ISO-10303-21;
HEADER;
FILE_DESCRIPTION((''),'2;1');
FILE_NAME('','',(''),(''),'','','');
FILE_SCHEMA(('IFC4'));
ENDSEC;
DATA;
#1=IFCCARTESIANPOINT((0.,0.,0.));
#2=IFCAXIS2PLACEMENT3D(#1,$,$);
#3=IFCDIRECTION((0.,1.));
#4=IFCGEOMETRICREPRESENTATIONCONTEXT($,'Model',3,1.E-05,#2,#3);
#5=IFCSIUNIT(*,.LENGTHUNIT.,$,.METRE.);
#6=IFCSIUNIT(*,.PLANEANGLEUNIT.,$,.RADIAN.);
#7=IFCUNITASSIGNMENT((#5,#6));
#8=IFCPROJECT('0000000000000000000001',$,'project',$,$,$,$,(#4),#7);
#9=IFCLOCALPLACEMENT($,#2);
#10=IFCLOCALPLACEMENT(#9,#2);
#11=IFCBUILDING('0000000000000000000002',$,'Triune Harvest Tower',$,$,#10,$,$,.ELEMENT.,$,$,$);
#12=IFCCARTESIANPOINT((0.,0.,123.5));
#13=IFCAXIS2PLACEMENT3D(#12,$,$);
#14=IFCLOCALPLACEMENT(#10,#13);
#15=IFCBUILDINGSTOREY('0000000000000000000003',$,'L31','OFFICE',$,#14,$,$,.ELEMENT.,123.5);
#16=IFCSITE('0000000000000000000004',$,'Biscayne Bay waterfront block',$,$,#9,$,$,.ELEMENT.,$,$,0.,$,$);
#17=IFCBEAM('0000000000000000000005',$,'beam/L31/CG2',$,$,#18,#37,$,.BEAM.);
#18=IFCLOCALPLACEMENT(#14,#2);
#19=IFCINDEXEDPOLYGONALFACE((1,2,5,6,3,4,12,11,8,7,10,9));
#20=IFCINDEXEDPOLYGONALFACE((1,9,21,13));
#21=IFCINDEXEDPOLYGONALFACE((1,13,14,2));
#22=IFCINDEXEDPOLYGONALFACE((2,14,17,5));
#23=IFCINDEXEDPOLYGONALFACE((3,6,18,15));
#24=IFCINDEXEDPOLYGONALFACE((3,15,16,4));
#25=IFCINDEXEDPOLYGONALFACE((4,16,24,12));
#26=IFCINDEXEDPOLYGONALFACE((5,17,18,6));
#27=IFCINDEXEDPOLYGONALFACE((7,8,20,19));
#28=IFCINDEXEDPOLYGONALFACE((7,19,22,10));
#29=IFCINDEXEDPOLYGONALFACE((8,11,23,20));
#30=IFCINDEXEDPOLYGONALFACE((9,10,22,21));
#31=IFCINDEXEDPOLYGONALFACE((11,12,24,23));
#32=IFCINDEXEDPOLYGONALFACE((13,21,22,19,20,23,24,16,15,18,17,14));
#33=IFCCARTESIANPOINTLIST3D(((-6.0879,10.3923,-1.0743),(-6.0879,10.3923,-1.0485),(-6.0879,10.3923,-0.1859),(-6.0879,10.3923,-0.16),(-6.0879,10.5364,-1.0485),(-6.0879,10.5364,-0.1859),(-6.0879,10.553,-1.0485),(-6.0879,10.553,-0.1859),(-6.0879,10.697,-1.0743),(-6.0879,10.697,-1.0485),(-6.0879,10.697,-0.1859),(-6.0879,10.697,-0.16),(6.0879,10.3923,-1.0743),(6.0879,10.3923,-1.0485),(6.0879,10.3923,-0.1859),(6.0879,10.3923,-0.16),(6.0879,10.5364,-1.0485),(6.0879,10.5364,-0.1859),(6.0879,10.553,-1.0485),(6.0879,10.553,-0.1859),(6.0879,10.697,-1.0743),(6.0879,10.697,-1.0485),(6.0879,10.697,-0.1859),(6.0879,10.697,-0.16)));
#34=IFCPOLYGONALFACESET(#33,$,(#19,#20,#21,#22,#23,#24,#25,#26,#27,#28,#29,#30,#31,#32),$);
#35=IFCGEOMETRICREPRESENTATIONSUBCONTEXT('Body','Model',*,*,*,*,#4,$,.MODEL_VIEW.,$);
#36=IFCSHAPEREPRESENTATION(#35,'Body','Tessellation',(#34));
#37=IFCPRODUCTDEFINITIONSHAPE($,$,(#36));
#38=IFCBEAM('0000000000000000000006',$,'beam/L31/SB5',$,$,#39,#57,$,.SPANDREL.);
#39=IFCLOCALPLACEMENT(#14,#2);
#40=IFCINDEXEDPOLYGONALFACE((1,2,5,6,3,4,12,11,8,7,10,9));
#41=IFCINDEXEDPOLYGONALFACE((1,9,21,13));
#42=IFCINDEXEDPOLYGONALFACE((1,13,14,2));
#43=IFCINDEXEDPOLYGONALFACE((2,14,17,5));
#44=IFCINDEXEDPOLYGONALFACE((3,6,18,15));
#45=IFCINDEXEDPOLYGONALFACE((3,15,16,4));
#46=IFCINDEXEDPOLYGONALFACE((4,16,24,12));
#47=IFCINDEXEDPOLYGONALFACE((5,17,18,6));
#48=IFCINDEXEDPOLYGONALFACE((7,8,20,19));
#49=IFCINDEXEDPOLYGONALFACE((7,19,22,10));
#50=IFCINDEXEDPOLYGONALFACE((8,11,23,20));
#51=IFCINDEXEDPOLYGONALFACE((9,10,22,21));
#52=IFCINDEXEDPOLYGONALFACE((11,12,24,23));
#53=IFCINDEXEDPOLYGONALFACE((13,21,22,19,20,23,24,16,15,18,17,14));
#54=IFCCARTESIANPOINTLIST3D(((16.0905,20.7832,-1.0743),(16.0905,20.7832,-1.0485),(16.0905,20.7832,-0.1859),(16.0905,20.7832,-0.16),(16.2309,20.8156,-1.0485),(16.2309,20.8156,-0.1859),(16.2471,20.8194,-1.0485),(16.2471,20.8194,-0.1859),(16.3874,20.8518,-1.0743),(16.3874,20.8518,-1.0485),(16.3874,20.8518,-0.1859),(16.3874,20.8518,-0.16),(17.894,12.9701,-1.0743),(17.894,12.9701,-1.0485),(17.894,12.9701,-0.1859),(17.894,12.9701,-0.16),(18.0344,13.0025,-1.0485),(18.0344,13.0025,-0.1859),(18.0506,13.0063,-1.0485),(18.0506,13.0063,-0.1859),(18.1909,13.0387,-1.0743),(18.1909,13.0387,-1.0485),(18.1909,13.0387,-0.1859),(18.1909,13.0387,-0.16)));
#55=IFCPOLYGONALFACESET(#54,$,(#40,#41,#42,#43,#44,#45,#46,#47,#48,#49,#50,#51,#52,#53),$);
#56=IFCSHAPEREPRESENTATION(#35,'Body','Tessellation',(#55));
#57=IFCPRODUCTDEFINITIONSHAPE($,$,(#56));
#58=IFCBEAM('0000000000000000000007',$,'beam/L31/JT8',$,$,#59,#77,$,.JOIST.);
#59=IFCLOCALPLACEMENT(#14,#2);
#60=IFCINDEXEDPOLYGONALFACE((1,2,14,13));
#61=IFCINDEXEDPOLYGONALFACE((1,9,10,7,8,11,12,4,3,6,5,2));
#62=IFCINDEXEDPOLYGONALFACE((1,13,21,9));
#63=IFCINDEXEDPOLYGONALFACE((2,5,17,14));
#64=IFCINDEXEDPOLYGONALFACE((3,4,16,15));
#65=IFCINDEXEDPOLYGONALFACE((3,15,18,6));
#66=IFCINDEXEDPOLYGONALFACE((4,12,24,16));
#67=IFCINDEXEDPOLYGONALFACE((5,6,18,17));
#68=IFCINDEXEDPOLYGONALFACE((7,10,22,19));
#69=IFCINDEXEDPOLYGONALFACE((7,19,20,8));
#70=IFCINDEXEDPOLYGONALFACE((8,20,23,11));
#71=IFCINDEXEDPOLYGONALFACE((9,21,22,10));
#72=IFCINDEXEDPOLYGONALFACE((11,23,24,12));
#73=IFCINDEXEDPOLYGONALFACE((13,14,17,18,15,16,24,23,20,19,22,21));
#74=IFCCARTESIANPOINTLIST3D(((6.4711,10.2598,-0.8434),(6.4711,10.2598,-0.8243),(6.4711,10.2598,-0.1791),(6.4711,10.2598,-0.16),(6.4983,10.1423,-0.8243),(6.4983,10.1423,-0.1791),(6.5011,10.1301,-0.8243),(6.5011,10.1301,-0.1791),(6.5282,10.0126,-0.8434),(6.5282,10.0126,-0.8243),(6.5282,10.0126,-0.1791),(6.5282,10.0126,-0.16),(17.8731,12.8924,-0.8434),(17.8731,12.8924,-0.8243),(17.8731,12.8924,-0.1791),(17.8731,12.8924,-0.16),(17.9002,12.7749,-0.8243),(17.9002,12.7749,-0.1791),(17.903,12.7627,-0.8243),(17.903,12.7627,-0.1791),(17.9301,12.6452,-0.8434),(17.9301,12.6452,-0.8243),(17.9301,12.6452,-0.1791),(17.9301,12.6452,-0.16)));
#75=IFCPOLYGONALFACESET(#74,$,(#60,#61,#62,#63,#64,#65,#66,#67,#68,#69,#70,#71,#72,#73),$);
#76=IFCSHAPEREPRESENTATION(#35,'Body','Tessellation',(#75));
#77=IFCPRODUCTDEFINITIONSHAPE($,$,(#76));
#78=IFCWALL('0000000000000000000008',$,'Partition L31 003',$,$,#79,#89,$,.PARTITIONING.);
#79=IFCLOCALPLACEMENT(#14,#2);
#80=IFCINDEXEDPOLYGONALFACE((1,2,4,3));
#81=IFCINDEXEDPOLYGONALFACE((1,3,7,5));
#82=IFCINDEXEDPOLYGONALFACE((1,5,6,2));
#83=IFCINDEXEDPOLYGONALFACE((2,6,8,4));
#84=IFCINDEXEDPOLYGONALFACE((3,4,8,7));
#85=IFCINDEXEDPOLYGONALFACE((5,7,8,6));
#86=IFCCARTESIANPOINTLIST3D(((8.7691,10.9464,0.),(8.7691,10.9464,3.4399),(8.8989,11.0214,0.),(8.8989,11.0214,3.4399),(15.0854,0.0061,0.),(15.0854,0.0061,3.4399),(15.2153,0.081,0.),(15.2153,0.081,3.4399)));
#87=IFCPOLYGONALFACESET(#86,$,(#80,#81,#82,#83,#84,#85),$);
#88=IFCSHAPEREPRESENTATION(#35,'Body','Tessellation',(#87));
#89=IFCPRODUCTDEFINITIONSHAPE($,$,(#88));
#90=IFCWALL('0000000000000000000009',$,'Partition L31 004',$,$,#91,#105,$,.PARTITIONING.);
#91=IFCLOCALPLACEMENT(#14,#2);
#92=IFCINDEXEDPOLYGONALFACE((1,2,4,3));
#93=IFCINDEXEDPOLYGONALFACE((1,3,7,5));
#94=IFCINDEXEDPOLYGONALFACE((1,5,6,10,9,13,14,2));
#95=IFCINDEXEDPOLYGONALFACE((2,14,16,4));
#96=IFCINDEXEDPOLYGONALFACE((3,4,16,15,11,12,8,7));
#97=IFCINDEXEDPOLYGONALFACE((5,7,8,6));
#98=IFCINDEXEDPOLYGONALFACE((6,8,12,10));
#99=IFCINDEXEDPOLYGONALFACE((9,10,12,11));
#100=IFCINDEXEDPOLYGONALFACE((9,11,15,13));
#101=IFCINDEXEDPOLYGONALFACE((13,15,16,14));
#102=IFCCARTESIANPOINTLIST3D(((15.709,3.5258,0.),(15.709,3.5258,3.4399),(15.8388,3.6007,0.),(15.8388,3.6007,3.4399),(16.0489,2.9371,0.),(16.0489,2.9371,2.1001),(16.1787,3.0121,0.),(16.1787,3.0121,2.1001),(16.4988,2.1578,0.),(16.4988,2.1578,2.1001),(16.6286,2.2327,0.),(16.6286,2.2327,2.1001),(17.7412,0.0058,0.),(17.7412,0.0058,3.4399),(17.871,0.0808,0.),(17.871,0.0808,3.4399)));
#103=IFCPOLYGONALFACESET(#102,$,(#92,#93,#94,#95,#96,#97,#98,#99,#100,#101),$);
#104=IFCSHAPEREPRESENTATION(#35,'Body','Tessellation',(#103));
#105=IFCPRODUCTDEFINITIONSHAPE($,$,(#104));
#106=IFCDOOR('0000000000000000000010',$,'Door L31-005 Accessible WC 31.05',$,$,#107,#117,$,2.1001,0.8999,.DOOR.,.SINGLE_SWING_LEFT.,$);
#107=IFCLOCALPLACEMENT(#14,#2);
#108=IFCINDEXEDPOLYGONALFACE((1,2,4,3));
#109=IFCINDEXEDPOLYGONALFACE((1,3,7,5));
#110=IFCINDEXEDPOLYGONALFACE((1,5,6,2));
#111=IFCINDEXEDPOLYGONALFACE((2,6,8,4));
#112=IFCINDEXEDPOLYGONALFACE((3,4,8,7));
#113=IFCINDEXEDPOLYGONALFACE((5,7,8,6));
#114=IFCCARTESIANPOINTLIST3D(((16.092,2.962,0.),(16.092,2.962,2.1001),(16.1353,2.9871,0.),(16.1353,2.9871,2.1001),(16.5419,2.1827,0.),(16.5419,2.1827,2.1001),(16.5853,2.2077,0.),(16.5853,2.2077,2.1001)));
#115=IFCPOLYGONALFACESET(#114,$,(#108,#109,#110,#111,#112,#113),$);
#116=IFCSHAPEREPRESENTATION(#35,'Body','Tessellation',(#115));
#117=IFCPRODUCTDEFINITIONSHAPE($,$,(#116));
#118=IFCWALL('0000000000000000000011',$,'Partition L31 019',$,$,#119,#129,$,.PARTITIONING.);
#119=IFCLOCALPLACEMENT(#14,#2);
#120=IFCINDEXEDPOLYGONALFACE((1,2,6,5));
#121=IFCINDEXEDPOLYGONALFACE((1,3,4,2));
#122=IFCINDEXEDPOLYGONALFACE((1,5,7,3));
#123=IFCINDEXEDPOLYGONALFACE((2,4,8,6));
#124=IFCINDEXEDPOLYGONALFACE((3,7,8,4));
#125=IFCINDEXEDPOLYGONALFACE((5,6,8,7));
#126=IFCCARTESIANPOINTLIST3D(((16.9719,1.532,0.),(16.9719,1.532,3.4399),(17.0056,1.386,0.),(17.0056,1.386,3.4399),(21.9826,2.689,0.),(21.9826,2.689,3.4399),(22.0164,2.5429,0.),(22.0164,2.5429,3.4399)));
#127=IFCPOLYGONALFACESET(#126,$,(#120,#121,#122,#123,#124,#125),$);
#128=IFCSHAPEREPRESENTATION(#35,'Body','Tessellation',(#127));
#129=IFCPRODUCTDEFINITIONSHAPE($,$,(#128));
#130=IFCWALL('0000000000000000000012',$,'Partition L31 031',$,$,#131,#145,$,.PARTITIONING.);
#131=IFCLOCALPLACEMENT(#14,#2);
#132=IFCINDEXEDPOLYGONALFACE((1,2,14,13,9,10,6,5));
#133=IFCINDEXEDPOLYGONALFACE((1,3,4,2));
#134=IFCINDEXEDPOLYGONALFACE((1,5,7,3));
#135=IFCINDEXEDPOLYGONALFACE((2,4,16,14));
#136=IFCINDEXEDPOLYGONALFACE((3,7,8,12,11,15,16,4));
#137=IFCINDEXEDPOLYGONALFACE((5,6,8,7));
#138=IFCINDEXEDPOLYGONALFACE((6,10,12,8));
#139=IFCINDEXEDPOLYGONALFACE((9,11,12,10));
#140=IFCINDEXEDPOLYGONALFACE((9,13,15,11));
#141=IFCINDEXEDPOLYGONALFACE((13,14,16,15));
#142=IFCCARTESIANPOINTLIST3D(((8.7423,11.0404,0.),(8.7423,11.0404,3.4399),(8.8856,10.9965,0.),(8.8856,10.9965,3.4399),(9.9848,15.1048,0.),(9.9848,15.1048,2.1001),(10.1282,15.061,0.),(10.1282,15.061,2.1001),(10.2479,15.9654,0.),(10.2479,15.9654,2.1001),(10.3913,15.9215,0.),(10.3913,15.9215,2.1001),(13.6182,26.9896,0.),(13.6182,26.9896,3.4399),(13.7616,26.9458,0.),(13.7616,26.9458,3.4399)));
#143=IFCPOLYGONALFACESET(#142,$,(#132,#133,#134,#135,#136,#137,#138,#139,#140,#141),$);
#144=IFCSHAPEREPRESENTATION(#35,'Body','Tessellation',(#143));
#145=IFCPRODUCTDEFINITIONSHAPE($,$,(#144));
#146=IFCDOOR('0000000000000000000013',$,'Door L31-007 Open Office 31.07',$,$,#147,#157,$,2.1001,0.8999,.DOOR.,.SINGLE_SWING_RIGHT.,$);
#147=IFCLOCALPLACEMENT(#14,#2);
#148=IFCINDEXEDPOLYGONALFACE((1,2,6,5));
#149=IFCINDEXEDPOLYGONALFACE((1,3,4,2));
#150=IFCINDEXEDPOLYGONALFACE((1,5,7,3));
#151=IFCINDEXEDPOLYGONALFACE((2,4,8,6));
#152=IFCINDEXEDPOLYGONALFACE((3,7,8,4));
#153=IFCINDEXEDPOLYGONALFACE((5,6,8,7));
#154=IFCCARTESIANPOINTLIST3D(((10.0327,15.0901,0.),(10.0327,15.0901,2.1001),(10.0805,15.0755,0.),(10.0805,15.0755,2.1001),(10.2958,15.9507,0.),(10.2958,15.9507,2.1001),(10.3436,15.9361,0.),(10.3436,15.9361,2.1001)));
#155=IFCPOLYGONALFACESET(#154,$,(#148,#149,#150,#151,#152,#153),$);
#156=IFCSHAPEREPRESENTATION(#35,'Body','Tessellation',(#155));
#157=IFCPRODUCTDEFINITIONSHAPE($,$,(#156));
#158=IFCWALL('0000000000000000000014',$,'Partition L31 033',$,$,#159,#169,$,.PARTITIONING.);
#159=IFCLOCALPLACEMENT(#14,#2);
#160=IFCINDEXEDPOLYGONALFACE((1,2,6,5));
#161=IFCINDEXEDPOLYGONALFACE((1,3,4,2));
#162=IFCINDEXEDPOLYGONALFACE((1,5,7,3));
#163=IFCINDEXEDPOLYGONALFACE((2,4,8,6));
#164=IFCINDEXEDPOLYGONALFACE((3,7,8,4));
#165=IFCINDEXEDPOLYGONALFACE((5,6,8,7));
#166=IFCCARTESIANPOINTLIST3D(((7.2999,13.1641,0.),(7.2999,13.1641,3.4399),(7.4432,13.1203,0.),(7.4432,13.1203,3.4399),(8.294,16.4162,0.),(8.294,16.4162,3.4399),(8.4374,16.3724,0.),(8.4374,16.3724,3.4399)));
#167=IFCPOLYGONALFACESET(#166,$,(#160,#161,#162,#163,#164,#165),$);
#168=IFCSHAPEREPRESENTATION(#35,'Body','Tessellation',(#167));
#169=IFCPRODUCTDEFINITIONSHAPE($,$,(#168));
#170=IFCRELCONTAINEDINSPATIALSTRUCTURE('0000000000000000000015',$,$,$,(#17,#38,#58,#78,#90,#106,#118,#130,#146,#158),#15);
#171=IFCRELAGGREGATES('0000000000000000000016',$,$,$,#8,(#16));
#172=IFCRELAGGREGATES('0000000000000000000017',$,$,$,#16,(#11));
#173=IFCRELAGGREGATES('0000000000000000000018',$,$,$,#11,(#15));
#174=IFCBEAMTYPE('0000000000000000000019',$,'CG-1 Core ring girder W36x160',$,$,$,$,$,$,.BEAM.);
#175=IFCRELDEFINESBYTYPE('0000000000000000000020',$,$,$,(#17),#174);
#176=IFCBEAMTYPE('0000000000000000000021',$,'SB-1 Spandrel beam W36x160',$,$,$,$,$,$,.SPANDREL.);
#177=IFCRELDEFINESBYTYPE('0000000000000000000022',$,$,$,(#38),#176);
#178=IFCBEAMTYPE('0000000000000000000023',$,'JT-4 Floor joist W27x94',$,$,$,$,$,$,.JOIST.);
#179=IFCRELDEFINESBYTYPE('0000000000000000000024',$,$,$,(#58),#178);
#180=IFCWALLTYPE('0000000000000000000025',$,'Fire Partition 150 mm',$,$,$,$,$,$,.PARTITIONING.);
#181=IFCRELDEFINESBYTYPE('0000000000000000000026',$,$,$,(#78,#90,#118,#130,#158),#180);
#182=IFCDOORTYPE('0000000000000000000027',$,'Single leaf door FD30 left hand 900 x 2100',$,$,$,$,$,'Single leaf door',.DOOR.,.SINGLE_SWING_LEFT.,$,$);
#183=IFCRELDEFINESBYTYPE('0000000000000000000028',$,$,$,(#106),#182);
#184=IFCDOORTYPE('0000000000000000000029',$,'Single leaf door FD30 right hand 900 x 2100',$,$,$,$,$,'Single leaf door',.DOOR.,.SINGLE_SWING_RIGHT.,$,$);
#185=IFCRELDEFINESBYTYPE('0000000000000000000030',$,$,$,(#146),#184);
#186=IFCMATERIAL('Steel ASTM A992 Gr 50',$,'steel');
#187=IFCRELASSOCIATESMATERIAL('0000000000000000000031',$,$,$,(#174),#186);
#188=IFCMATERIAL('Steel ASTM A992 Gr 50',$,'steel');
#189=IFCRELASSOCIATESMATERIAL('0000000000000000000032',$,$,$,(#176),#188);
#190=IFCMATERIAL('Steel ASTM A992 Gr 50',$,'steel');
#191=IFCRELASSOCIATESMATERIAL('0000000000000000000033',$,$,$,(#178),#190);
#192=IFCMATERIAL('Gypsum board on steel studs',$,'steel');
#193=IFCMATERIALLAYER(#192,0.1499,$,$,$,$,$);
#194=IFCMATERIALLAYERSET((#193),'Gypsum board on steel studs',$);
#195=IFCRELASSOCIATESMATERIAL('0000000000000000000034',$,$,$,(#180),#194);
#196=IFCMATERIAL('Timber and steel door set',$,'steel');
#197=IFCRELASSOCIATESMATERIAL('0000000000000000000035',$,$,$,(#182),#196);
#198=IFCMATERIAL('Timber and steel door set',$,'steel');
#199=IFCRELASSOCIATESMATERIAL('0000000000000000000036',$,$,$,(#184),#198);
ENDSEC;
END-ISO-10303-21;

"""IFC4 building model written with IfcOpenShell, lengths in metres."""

from ifc_helpers import new_model, si_unit, direction, frame, frame_2d, origin, origin_2d, place, context, subcontext, project, spatial, rectangle, i_section, extrude, source, transform, mapped, material, layer, layer_set, material_profile, profile_set, type_object, element, fill, save


model = new_model("IFC4")

# Units and contexts
model_context = context("Model", 3, precision=1e-05, world=origin(), true_north=direction((0.0, 1.0)))
body_context = subcontext(model_context, "Body", "Model", "MODEL_VIEW")
ifc_project = project(units=[si_unit("LENGTHUNIT", "METRE"), si_unit("PLANEANGLEUNIT", "RADIAN")], contexts=[model_context])

# Site, building, storey
site_placement = place(None, origin())
site = spatial("IfcSite", under=ifc_project, at=site_placement, Name="Biscayne Bay waterfront block", CompositionType="ELEMENT", RefElevation=0.0)
building_placement = place(site_placement, origin())
building = spatial("IfcBuilding", under=site, at=building_placement, Name="Triune Harvest Tower", CompositionType="ELEMENT")
storey_placement = place(building_placement, frame((0.0, 0.0, 123.5)))
storey = spatial("IfcBuildingStorey", under=building, at=storey_placement, Name="L31", Description="OFFICE", CompositionType="ELEMENT", Elevation=123.5)

# Beams
ifc_material_1 = material(Name="Steel ASTM A992 Gr 50", Category="steel")
ifc_material_profile_1 = material_profile(ifc_material_1, i_section(OverallWidth=0.3047, OverallDepth=0.9143, WebThickness=0.0166, FlangeThickness=0.0259, at=origin_2d()), Name="W36x160")
ifc_profile_set_1 = profile_set([ifc_material_profile_1], Name="Steel ASTM A992 Gr 50")
beam_type_1 = type_object("IfcBeamType", Name="CG-1 Core ring girder W36x160", PredefinedType="BEAM", material=ifc_profile_set_1)
shared_shape_1 = source(origin(), body_context, "Body", "SweptSolid", [
    extrude(i_section(OverallWidth=0.3047, OverallDepth=0.9143, WebThickness=0.0166, FlangeThickness=0.0259, at=origin_2d()), origin(), (0.0, 0.0, 1.0), 12.1758),
])
beam_1_placement = place(storey_placement, frame((6.0879, 10.5447, -0.6172), z_axis=(-1.0, 0.0, 0.0), x_axis=(0.0, -1.0, 0.0)))
element("IfcBeam", 1, at=beam_1_placement, inside=storey, type_object=beam_type_1, Name="beam/L31/CG2", PredefinedType="BEAM", context=body_context, shape_type="MappedRepresentation", body=[
    mapped(shared_shape_1, transform((0.0, 0.0, 0.0), scale=1.0)),
])
ifc_material_2 = material(Name="Steel ASTM A992 Gr 50", Category="steel")
ifc_material_profile_2 = material_profile(ifc_material_2, i_section(OverallWidth=0.3047, OverallDepth=0.9143, WebThickness=0.0166, FlangeThickness=0.0259, at=origin_2d()), Name="W36x160")
ifc_profile_set_2 = profile_set([ifc_material_profile_2], Name="Steel ASTM A992 Gr 50")
beam_type_2 = type_object("IfcBeamType", Name="SB-1 Spandrel beam W36x160", PredefinedType="SPANDREL", material=ifc_profile_set_2)
shared_shape_2 = source(origin(), body_context, "Body", "SweptSolid", [
    extrude(i_section(OverallWidth=0.3047, OverallDepth=0.9143, WebThickness=0.0166, FlangeThickness=0.0259, at=origin_2d()), origin(), (0.0, 0.0, 1.0), 8.0186),
])
beam_2_placement = place(storey_placement, frame((18.0425, 13.0044, -0.6172), z_axis=(-0.224915, 0.974378, 0.0), x_axis=(-0.974378, -0.224915, 0.0)))
element("IfcBeam", 2, at=beam_2_placement, inside=storey, type_object=beam_type_2, Name="beam/L31/SB5", PredefinedType="SPANDREL", context=body_context, shape_type="MappedRepresentation", body=[
    mapped(shared_shape_2, transform((0.0, 0.0, 0.0), scale=1.0)),
])
ifc_material_3 = material(Name="Steel ASTM A992 Gr 50", Category="steel")
ifc_material_profile_3 = material_profile(ifc_material_3, i_section(OverallWidth=0.2537, OverallDepth=0.6833, WebThickness=0.0125, FlangeThickness=0.019, at=origin_2d()), Name="W27x94")
ifc_profile_set_3 = profile_set([ifc_material_profile_3], Name="Steel ASTM A992 Gr 50")
beam_type_3 = type_object("IfcBeamType", Name="JT-4 Floor joist W27x94", PredefinedType="JOIST", material=ifc_profile_set_3)
shared_shape_3 = source(origin(), body_context, "Body", "SweptSolid", [
    extrude(i_section(OverallWidth=0.2537, OverallDepth=0.6833, WebThickness=0.0125, FlangeThickness=0.019, at=origin_2d()), origin(), (0.0, 0.0, 1.0), 11.7019),
])
beam_3_placement = place(storey_placement, frame((17.9016, 12.7688, -0.5017), z_axis=(-0.974366, -0.224971, 0.0), x_axis=(0.224971, -0.974366, 0.0)))
element("IfcBeam", 3, at=beam_3_placement, inside=storey, type_object=beam_type_3, Name="beam/L31/JT8", PredefinedType="JOIST", context=body_context, shape_type="MappedRepresentation", body=[
    mapped(shared_shape_3, transform((0.0, 0.0, 0.0), scale=1.0)),
])

# Wall
ifc_material_4 = material(Name="Gypsum board on steel studs", Category="steel")
ifc_layer_1 = layer(ifc_material_4, 0.1499)
ifc_layer_set_1 = layer_set([ifc_layer_1], Name="Gypsum board on steel studs")
wall_type_1 = type_object("IfcWallType", Name="Fire Partition 150 mm", PredefinedType="PARTITIONING", material=ifc_layer_set_1)
wall_1_placement = place(storey_placement, frame((8.834, 10.9839, 0.0), z_axis=(0.0, 0.0, 1.0), x_axis=(0.499997, -0.866027, 0.0)))
element("IfcWall", 4, at=wall_1_placement, inside=storey, type_object=wall_type_1, Name="Partition L31 003", PredefinedType="PARTITIONING", context=body_context, shape_type="SweptSolid", body=[
    extrude(rectangle(XDim=12.6328, YDim=0.1499, at=frame_2d((6.3164, 0.0))), origin(), (0.0, 0.0, 1.0), 3.4399),
])

# Wall, opening, door
wall_2_placement = place(storey_placement, frame((15.7739, 3.5632, 0.0), z_axis=(0.0, 0.0, 1.0), x_axis=(0.499989, -0.866032, 0.0)))
wall_2 = element("IfcWall", 5, at=wall_2_placement, inside=storey, type_object=wall_type_1, Name="Partition L31 004", PredefinedType="PARTITIONING", context=body_context, shape_type="SweptSolid", body=[
    extrude(rectangle(XDim=4.0645, YDim=0.1499, at=frame_2d((2.0322, 0.0))), origin(), (0.0, 0.0, 1.0), 3.4399),
])
opening_1_placement = place(wall_2_placement, frame((0.6797, 0.0, 0.0)))
opening_1 = element("IfcOpeningElement", 6, at=opening_1_placement, cuts=wall_2, PredefinedType="OPENING", context=body_context, shape_type="SweptSolid", body=[
    extrude(rectangle(XDim=0.8999, YDim=2.1001, at=frame_2d((0.45, 1.05))), frame((0.0, 0.085, 0.0), z_axis=(0.0, -1.0, 0.0), x_axis=(1.0, 0.0, 0.0)), (0.0, 0.0, 1.0), 0.1699),
])
ifc_material_5 = material(Name="Timber and steel door set", Category="steel")
door_type_1 = type_object("IfcDoorType", Name="Single leaf door FD30 left hand 900 x 2100", ElementType="Single leaf door", OperationType="SINGLE_SWING_LEFT", PredefinedType="DOOR", material=ifc_material_5)
door_1_placement = place(opening_1_placement, origin())
door_1 = element("IfcDoor", 7, at=door_1_placement, inside=storey, type_object=door_type_1, Name="Door L31-005 Accessible WC 31.05", OperationType="SINGLE_SWING_LEFT", OverallHeight=2.1001, OverallWidth=0.8999, PredefinedType="DOOR", context=body_context, shape_type="SweptSolid", body=[
    extrude(rectangle(XDim=0.8999, YDim=2.1001, at=frame_2d((0.45, 1.05))), frame((0.0, 0.0249, 0.0), z_axis=(0.0, -1.0, 0.0), x_axis=(1.0, 0.0, 0.0)), (0.0, 0.0, 1.0), 0.05),
])
fill(opening_1, door_1)

# Wall
wall_3_placement = place(storey_placement, frame((16.9888, 1.459, 0.0), z_axis=(0.0, 0.0, 1.0), x_axis=(0.974363, 0.224981, 0.0)))
element("IfcWall", 8, at=wall_3_placement, inside=storey, type_object=wall_type_1, Name="Partition L31 019", PredefinedType="PARTITIONING", context=body_context, shape_type="SweptSolid", body=[
    extrude(rectangle(XDim=5.1426, YDim=0.1499, at=frame_2d((2.5713, 0.0))), origin(), (0.0, 0.0, 1.0), 3.4399),
])

# Wall, opening, door
wall_4_placement = place(storey_placement, frame((8.814, 11.0186, 0.0), z_axis=(0.0, 0.0, 1.0), x_axis=(0.292361, 0.956308, 0.0)))
wall_4 = element("IfcWall", 9, at=wall_4_placement, inside=storey, type_object=wall_type_1, Name="Partition L31 031", PredefinedType="PARTITIONING", context=body_context, shape_type="SweptSolid", body=[
    extrude(rectangle(XDim=16.678, YDim=0.1499, at=frame_2d((8.3389, 0.0))), origin(), (0.0, 0.0, 1.0), 3.4399),
])
opening_2_placement = place(wall_4_placement, frame((4.25, 0.0, 0.0)))
opening_2 = element("IfcOpeningElement", 10, at=opening_2_placement, cuts=wall_4, PredefinedType="OPENING", context=body_context, shape_type="SweptSolid", body=[
    extrude(rectangle(XDim=0.8999, YDim=2.1001, at=frame_2d((0.45, 1.05))), frame((0.0, 0.085, 0.0), z_axis=(0.0, -1.0, 0.0), x_axis=(1.0, 0.0, 0.0)), (0.0, 0.0, 1.0), 0.1699),
])
ifc_material_6 = material(Name="Timber and steel door set", Category="steel")
door_type_2 = type_object("IfcDoorType", Name="Single leaf door FD30 right hand 900 x 2100", ElementType="Single leaf door", OperationType="SINGLE_SWING_RIGHT", PredefinedType="DOOR", material=ifc_material_6)
door_2_placement = place(opening_2_placement, origin())
door_2 = element("IfcDoor", 11, at=door_2_placement, inside=storey, type_object=door_type_2, Name="Door L31-007 Open Office 31.07", OperationType="SINGLE_SWING_RIGHT", OverallHeight=2.1001, OverallWidth=0.8999, PredefinedType="DOOR", context=body_context, shape_type="SweptSolid", body=[
    extrude(rectangle(XDim=0.8999, YDim=2.1001, at=frame_2d((0.45, 1.05))), frame((0.0, 0.0249, 0.0), z_axis=(0.0, -1.0, 0.0), x_axis=(1.0, 0.0, 0.0)), (0.0, 0.0, 1.0), 0.05),
])
fill(opening_2, door_2)

# Wall
wall_5_placement = place(storey_placement, frame((7.3716, 13.1423, 0.0), z_axis=(0.0, 0.0, 1.0), x_axis=(0.29235, 0.956311, 0.0)))
element("IfcWall", 12, at=wall_5_placement, inside=storey, type_object=wall_type_1, Name="Partition L31 033", PredefinedType="PARTITIONING", context=body_context, shape_type="SweptSolid", body=[
    extrude(rectangle(XDim=3.4006, YDim=0.1499, at=frame_2d((1.7002, 0.0))), origin(), (0.0, 0.0, 1.0), 3.4399),
])

save(model, "model.ifc")
